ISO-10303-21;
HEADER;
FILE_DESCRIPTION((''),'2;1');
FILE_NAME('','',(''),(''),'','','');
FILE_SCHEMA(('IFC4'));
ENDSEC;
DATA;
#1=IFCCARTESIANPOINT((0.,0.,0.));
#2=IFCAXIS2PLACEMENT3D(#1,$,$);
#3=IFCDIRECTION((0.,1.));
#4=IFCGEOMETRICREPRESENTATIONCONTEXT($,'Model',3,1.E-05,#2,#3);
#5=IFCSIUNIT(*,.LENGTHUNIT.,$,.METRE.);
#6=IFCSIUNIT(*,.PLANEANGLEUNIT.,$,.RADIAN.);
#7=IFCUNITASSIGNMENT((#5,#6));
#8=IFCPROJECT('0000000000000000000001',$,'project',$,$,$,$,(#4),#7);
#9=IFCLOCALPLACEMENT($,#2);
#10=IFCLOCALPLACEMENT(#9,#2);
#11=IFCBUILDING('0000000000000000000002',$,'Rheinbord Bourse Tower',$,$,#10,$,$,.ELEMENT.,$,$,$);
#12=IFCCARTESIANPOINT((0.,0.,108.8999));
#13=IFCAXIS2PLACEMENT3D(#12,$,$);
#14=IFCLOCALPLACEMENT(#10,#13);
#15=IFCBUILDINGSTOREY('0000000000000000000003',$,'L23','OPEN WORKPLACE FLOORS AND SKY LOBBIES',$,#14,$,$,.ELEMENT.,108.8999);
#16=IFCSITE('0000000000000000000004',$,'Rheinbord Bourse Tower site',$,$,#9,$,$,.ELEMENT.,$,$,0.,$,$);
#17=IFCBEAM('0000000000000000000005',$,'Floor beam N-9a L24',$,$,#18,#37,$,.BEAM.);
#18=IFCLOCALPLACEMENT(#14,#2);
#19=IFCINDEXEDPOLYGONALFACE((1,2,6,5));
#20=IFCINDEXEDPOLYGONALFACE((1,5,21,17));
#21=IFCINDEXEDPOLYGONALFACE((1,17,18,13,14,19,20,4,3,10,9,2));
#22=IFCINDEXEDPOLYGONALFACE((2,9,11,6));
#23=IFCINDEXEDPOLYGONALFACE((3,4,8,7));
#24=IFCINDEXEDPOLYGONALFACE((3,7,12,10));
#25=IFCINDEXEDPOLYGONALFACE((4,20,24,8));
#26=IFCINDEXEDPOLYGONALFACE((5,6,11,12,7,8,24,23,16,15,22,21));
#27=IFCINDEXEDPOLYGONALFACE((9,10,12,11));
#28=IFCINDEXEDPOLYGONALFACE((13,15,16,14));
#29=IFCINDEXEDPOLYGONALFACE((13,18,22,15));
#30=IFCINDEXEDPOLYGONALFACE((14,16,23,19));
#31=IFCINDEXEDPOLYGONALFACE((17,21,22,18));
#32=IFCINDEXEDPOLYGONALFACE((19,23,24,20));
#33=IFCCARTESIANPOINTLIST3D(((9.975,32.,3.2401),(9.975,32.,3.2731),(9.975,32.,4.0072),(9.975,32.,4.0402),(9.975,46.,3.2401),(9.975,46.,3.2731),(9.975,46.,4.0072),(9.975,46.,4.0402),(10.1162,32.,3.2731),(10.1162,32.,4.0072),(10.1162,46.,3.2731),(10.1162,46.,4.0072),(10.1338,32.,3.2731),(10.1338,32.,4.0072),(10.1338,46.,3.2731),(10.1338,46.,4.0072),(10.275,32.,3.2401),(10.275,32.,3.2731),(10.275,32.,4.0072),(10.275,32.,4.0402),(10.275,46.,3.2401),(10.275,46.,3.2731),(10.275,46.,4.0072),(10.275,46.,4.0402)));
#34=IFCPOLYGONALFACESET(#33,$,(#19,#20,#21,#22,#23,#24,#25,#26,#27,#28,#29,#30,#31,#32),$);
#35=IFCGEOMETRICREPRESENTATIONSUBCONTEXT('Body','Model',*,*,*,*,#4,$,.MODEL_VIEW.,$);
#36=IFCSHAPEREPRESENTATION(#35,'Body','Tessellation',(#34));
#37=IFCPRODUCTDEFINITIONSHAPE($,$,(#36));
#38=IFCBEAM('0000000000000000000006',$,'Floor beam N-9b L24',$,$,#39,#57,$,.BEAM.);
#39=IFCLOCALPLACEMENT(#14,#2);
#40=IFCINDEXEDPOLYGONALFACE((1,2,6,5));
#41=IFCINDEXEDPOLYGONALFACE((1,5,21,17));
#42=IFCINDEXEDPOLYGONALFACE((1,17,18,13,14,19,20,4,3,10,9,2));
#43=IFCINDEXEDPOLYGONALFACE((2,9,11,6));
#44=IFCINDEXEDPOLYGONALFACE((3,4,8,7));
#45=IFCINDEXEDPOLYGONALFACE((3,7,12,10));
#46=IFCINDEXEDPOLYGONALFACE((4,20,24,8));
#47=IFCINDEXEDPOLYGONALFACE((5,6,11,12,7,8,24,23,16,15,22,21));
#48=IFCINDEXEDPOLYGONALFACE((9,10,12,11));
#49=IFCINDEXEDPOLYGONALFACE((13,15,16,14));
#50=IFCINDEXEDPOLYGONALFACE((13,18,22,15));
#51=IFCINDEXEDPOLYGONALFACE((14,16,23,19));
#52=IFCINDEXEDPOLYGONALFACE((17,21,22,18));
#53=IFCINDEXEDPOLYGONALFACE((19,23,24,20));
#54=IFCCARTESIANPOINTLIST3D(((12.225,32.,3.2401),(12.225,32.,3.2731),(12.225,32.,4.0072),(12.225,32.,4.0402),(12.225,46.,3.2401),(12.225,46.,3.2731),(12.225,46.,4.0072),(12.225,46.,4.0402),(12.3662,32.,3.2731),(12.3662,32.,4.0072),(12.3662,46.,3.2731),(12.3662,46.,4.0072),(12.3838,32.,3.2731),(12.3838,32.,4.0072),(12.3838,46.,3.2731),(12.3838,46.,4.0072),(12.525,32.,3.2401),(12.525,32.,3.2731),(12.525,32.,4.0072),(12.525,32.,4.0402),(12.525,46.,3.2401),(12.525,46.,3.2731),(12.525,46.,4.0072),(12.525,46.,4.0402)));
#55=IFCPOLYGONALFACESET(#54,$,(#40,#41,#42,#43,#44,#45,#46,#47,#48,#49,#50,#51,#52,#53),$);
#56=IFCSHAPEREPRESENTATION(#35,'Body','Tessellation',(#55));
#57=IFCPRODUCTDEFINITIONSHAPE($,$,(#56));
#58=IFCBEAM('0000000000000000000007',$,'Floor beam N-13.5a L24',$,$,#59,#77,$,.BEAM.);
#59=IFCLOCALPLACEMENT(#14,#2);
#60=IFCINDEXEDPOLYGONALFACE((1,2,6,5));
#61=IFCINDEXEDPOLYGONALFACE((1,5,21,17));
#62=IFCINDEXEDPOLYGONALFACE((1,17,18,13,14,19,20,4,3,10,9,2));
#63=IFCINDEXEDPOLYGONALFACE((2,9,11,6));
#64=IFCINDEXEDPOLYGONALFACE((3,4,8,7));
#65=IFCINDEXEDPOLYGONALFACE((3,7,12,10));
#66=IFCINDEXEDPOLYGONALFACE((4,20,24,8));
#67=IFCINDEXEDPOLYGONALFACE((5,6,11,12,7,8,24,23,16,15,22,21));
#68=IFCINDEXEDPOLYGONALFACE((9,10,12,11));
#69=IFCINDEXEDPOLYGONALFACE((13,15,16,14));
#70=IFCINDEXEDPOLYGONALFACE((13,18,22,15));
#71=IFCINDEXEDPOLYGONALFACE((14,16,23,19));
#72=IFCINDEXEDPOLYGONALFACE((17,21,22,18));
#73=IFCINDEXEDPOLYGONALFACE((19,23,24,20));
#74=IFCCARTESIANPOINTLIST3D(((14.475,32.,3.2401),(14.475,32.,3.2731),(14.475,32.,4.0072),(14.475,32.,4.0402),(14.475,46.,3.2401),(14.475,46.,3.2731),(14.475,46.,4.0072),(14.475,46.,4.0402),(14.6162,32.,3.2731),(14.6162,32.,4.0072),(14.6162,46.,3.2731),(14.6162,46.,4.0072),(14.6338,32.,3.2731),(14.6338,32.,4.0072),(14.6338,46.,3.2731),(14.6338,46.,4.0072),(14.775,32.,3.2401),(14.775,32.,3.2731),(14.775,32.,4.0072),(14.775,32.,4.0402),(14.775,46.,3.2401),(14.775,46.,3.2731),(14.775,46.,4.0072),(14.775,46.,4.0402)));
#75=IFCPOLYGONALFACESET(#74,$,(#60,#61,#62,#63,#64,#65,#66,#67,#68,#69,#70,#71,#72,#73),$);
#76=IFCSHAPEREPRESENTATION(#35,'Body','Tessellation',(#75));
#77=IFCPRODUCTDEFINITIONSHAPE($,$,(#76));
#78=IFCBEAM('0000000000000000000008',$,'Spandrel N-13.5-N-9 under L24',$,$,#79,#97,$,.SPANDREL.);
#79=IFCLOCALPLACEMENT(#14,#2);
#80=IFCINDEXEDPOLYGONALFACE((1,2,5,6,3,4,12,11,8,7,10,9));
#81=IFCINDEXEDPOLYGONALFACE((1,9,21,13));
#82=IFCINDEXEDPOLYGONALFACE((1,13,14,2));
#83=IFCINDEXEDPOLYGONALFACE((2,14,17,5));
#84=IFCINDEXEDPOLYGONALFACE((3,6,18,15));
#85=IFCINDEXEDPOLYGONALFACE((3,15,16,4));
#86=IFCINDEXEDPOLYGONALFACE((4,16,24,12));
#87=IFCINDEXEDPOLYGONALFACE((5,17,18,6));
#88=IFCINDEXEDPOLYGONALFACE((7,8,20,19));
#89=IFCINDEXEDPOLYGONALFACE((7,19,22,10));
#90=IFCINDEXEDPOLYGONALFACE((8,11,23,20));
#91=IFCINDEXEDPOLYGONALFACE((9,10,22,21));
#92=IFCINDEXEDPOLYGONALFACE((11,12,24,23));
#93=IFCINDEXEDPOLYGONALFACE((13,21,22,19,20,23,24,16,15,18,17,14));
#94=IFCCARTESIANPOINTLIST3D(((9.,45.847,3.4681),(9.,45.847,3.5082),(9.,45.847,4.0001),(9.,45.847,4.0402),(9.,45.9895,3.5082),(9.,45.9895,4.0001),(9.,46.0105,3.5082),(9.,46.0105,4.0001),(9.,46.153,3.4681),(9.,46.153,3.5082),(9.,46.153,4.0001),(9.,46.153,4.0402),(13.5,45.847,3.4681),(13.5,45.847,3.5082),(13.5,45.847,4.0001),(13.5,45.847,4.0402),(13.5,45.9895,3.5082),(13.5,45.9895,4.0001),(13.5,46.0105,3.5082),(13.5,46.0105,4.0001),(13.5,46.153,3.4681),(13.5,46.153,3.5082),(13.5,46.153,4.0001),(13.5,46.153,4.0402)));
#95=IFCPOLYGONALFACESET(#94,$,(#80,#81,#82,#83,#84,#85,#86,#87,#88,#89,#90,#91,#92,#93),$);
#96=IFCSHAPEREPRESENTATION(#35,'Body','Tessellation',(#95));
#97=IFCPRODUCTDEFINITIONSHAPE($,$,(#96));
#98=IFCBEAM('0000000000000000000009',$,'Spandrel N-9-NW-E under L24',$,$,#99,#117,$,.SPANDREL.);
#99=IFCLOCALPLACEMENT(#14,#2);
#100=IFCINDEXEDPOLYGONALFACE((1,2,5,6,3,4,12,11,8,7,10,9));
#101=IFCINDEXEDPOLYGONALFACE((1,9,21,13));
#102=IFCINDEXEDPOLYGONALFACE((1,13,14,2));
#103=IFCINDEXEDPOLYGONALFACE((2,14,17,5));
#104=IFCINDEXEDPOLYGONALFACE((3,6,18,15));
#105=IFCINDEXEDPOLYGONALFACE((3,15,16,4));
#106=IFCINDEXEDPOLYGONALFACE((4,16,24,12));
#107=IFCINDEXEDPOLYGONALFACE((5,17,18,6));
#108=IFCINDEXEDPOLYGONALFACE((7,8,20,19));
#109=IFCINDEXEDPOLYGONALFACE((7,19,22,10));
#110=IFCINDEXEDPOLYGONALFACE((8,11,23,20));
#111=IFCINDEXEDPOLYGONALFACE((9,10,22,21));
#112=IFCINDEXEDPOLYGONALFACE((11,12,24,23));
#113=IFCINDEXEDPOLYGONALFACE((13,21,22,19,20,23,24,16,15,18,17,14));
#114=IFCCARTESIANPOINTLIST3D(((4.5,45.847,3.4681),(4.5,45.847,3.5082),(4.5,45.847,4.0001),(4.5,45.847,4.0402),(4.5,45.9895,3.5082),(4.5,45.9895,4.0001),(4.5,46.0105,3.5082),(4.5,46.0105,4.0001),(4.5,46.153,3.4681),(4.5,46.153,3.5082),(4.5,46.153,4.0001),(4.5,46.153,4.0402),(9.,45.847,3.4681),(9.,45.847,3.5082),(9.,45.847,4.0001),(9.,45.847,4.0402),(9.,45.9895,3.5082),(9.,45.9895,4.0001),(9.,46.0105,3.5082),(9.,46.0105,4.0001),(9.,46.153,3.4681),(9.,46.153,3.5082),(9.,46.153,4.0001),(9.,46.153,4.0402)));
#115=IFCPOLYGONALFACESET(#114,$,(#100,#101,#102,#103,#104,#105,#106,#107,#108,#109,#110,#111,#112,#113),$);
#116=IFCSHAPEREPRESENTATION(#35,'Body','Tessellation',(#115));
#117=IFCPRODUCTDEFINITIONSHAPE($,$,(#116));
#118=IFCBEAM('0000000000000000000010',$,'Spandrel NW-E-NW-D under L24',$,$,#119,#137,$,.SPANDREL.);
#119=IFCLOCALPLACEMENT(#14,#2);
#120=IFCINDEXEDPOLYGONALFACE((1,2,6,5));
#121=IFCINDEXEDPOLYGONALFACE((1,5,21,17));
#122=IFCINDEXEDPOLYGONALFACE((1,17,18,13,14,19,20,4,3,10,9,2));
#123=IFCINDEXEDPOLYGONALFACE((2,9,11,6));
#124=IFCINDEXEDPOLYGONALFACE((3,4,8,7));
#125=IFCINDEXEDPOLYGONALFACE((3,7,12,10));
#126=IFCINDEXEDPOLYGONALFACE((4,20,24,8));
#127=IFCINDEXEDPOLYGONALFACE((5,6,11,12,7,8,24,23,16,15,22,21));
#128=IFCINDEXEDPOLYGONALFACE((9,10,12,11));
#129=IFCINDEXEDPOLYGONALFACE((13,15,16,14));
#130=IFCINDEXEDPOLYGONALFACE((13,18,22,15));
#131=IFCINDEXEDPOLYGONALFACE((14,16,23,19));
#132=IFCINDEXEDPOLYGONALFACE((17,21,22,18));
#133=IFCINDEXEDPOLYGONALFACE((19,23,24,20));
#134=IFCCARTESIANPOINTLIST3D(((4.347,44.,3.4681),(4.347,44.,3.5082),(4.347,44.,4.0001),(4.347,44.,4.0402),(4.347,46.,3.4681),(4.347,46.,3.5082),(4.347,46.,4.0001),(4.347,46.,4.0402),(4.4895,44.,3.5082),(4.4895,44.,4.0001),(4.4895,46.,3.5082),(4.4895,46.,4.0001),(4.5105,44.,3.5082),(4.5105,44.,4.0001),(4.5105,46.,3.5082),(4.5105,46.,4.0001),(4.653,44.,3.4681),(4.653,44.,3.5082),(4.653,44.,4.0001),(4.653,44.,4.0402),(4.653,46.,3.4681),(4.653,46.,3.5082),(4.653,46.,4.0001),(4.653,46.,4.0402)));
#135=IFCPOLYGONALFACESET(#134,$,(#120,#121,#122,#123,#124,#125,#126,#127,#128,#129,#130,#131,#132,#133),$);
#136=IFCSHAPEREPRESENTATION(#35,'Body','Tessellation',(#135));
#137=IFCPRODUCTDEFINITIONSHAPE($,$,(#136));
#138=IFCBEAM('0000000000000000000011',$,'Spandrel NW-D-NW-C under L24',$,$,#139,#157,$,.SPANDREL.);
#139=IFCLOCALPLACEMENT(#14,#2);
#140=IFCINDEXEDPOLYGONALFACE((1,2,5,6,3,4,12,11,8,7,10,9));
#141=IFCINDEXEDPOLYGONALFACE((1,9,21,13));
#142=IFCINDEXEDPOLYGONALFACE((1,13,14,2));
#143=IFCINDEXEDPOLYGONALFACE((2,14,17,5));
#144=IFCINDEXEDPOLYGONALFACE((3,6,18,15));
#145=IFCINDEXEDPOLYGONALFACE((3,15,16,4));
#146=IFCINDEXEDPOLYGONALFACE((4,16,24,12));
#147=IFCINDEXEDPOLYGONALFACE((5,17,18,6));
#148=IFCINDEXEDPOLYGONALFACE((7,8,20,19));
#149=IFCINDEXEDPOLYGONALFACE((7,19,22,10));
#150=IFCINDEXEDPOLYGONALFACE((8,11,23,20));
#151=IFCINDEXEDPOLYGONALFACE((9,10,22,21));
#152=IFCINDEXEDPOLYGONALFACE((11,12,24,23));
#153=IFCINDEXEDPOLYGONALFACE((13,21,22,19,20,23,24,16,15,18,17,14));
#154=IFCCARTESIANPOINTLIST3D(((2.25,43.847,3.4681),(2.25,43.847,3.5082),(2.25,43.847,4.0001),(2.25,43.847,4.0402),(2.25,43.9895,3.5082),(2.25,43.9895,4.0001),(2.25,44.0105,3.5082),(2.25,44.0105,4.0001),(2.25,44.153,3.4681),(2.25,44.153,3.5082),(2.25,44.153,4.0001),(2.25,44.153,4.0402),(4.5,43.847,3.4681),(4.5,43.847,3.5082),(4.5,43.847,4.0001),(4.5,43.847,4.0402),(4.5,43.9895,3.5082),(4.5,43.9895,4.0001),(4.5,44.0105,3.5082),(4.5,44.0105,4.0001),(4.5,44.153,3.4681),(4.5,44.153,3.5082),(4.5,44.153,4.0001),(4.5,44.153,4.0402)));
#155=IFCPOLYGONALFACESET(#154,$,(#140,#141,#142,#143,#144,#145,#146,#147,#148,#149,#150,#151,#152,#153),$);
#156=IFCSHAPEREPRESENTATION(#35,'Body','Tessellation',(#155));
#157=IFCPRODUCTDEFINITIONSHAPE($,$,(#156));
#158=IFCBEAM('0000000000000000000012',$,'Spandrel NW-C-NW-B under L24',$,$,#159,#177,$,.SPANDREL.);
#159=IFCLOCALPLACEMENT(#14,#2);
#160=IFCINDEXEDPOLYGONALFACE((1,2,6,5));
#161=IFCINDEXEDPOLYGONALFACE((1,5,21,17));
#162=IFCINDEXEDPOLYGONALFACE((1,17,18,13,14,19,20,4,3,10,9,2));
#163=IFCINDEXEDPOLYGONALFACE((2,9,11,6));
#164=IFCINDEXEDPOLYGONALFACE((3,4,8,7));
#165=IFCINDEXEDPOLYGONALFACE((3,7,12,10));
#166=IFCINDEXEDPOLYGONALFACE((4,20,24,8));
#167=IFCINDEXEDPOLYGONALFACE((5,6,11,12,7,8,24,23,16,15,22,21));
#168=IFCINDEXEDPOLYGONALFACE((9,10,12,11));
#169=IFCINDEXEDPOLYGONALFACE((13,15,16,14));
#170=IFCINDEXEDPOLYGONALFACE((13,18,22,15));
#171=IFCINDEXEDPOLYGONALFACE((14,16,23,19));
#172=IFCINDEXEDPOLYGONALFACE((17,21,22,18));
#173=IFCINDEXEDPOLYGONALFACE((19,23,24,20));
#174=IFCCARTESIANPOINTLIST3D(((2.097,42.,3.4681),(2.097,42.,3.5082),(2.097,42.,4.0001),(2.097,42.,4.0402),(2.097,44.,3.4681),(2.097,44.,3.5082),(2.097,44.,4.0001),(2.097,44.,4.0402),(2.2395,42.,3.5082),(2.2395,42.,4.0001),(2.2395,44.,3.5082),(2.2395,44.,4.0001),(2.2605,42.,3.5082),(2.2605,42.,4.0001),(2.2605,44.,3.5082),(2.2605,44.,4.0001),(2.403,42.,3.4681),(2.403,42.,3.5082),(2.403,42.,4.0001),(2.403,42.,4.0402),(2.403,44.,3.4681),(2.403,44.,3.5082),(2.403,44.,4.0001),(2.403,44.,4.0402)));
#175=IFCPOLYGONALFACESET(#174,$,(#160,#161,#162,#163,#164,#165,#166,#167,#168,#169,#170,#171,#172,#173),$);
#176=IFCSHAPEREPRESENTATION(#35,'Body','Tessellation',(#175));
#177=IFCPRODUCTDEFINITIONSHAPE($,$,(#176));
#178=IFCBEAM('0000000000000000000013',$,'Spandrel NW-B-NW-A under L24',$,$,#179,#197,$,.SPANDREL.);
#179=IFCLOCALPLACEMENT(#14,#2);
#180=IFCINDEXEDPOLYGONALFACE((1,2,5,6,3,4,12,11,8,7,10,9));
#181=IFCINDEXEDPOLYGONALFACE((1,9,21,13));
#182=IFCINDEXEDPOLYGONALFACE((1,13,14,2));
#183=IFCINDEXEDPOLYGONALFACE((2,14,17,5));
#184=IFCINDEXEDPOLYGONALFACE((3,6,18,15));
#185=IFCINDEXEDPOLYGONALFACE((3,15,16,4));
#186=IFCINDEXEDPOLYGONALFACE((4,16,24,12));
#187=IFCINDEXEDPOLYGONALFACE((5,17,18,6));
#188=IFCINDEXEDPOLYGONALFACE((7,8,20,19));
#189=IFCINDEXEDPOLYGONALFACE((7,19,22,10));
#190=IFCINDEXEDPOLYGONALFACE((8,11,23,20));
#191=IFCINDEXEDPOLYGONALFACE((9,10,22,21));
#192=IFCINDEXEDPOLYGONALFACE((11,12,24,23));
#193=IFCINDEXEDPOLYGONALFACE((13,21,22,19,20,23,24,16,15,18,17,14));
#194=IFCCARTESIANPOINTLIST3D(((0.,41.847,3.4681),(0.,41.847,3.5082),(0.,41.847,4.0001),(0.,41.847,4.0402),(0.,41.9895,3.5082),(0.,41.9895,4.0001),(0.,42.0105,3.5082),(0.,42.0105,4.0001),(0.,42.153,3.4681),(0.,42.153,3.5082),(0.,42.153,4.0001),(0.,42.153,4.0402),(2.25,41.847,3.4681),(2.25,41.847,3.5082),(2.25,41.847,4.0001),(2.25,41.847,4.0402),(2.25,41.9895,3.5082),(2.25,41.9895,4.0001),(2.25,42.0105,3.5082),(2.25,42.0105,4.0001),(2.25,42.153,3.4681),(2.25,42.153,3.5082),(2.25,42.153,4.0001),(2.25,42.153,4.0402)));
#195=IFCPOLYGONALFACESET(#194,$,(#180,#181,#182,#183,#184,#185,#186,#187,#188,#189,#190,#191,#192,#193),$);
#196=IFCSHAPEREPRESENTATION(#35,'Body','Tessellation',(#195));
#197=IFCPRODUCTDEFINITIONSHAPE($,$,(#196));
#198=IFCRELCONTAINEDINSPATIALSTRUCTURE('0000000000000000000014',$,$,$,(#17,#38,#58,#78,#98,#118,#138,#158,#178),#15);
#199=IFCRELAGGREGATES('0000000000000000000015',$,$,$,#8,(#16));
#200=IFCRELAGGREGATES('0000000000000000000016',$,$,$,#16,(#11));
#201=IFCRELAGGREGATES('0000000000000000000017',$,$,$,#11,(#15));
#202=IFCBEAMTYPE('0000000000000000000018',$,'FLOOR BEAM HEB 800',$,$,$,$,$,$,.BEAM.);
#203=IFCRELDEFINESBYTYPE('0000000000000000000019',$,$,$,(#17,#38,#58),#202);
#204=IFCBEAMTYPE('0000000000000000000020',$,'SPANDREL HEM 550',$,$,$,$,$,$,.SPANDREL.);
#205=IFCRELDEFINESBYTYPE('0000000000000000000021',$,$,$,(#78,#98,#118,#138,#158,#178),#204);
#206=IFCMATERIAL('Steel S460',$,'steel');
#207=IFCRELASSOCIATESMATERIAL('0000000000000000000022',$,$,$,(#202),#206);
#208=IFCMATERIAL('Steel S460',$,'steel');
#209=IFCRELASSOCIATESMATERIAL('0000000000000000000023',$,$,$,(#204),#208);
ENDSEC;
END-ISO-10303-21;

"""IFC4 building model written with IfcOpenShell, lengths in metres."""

from ifc_helpers import new_model, si_unit, direction, frame, origin, origin_2d, place, context, subcontext, project, spatial, i_section, extrude, material, material_profile, profile_set, type_object, element, save


model = new_model("IFC4")

# Units and contexts
model_context = context("Model", 3, precision=1e-05, world=origin(), true_north=direction((0.0, 1.0)))
body_context = subcontext(model_context, "Body", "Model", "MODEL_VIEW")
ifc_project = project(units=[si_unit("LENGTHUNIT", "METRE"), si_unit("PLANEANGLEUNIT", "RADIAN")], contexts=[model_context])

# Site, building, storey
site_placement = place(None, origin())
site = spatial("IfcSite", under=ifc_project, at=site_placement, Name="Rheinbord Bourse Tower site", CompositionType="ELEMENT", RefElevation=0.0)
building_placement = place(site_placement, origin())
building = spatial("IfcBuilding", under=site, at=building_placement, Name="Rheinbord Bourse Tower", CompositionType="ELEMENT")
storey_placement = place(building_placement, frame((0.0, 0.0, 108.8999)))
storey = spatial("IfcBuildingStorey", under=building, at=storey_placement, Name="L23", Description="OPEN WORKPLACE FLOORS AND SKY LOBBIES", CompositionType="ELEMENT", Elevation=108.8999)

# Beams
ifc_material_1 = material(Name="Steel S460", Category="steel")
ifc_material_profile_1 = material_profile(ifc_material_1, i_section(OverallWidth=0.3, OverallDepth=0.8, WebThickness=0.0176, FlangeThickness=0.033, at=origin_2d()), Name="HEB 800")
ifc_profile_set_1 = profile_set([ifc_material_profile_1], Name="Steel S460")
beam_type_1 = type_object("IfcBeamType", Name="FLOOR BEAM HEB 800", PredefinedType="BEAM", material=ifc_profile_set_1)
for number, where, z_axis, x_axis, name in (
    (1, (10.125, 46.0, 3.6401), (0.0, -1.0, 0.0), (1.0, 0.0, 0.0), "Floor beam N-9a L24"),
    (2, (12.375, 46.0, 3.6401), (0.0, -1.0, 0.0), (1.0, 0.0, 0.0), "Floor beam N-9b L24"),
    (3, (14.625, 46.0, 3.6401), (0.0, -1.0, 0.0), (1.0, 0.0, 0.0), "Floor beam N-13.5a L24"),
):
    element("IfcBeam", number, at=place(storey_placement, frame(where, z_axis=z_axis, x_axis=x_axis)), inside=storey, type_object=beam_type_1, Name=name, PredefinedType="BEAM", context=body_context, shape_type="SweptSolid", body=[
        extrude(i_section(OverallWidth=0.3, OverallDepth=0.8, WebThickness=0.0176, FlangeThickness=0.033, at=origin_2d()), origin(), (0.0, 0.0, 1.0), 14.0),
    ])
ifc_material_2 = material(Name="Steel S460", Category="steel")
ifc_material_profile_2 = material_profile(ifc_material_2, i_section(OverallWidth=0.3059, OverallDepth=0.572, WebThickness=0.021, FlangeThickness=0.04, at=origin_2d()), Name="HEM 550")
ifc_profile_set_2 = profile_set([ifc_material_profile_2], Name="Steel S460")
beam_type_2 = type_object("IfcBeamType", Name="SPANDREL HEM 550", PredefinedType="SPANDREL", material=ifc_profile_set_2)
for number, where, z_axis, x_axis, name in (
    (4, (13.5, 46.0, 3.7542), (-1.0, 0.0, 0.0), (0.0, -1.0, 0.0), "Spandrel N-13.5-N-9 under L24"),
    (5, (9.0, 46.0, 3.7542), (-1.0, 0.0, 0.0), (0.0, -1.0, 0.0), "Spandrel N-9-NW-E under L24"),
):
    element("IfcBeam", number, at=place(storey_placement, frame(where, z_axis=z_axis, x_axis=x_axis)), inside=storey, type_object=beam_type_2, Name=name, PredefinedType="SPANDREL", context=body_context, shape_type="SweptSolid", body=[
        extrude(i_section(OverallWidth=0.3059, OverallDepth=0.572, WebThickness=0.021, FlangeThickness=0.04, at=origin_2d()), origin(), (0.0, 0.0, 1.0), 4.5),
    ])
beam_1_placement = place(storey_placement, frame((4.5, 46.0, 3.7542), z_axis=(0.0, -1.0, 0.0), x_axis=(1.0, 0.0, 0.0)))
element("IfcBeam", 6, at=beam_1_placement, inside=storey, type_object=beam_type_2, Name="Spandrel NW-E-NW-D under L24", PredefinedType="SPANDREL", context=body_context, shape_type="SweptSolid", body=[
    extrude(i_section(OverallWidth=0.3059, OverallDepth=0.572, WebThickness=0.021, FlangeThickness=0.04, at=origin_2d()), origin(), (0.0, 0.0, 1.0), 2.0),
])
beam_2_placement = place(storey_placement, frame((4.5, 44.0, 3.7542), z_axis=(-1.0, 0.0, 0.0), x_axis=(0.0, -1.0, 0.0)))
element("IfcBeam", 7, at=beam_2_placement, inside=storey, type_object=beam_type_2, Name="Spandrel NW-D-NW-C under L24", PredefinedType="SPANDREL", context=body_context, shape_type="SweptSolid", body=[
    extrude(i_section(OverallWidth=0.3059, OverallDepth=0.572, WebThickness=0.021, FlangeThickness=0.04, at=origin_2d()), origin(), (0.0, 0.0, 1.0), 2.25),
])
beam_3_placement = place(storey_placement, frame((2.25, 44.0, 3.7542), z_axis=(0.0, -1.0, 0.0), x_axis=(1.0, 0.0, 0.0)))
element("IfcBeam", 8, at=beam_3_placement, inside=storey, type_object=beam_type_2, Name="Spandrel NW-C-NW-B under L24", PredefinedType="SPANDREL", context=body_context, shape_type="SweptSolid", body=[
    extrude(i_section(OverallWidth=0.3059, OverallDepth=0.572, WebThickness=0.021, FlangeThickness=0.04, at=origin_2d()), origin(), (0.0, 0.0, 1.0), 2.0),
])
beam_4_placement = place(storey_placement, frame((2.25, 42.0, 3.7542), z_axis=(-1.0, 0.0, 0.0), x_axis=(0.0, -1.0, 0.0)))
element("IfcBeam", 9, at=beam_4_placement, inside=storey, type_object=beam_type_2, Name="Spandrel NW-B-NW-A under L24", PredefinedType="SPANDREL", context=body_context, shape_type="SweptSolid", body=[
    extrude(i_section(OverallWidth=0.3059, OverallDepth=0.572, WebThickness=0.021, FlangeThickness=0.04, at=origin_2d()), origin(), (0.0, 0.0, 1.0), 2.25),
])

save(model, "model.ifc")
